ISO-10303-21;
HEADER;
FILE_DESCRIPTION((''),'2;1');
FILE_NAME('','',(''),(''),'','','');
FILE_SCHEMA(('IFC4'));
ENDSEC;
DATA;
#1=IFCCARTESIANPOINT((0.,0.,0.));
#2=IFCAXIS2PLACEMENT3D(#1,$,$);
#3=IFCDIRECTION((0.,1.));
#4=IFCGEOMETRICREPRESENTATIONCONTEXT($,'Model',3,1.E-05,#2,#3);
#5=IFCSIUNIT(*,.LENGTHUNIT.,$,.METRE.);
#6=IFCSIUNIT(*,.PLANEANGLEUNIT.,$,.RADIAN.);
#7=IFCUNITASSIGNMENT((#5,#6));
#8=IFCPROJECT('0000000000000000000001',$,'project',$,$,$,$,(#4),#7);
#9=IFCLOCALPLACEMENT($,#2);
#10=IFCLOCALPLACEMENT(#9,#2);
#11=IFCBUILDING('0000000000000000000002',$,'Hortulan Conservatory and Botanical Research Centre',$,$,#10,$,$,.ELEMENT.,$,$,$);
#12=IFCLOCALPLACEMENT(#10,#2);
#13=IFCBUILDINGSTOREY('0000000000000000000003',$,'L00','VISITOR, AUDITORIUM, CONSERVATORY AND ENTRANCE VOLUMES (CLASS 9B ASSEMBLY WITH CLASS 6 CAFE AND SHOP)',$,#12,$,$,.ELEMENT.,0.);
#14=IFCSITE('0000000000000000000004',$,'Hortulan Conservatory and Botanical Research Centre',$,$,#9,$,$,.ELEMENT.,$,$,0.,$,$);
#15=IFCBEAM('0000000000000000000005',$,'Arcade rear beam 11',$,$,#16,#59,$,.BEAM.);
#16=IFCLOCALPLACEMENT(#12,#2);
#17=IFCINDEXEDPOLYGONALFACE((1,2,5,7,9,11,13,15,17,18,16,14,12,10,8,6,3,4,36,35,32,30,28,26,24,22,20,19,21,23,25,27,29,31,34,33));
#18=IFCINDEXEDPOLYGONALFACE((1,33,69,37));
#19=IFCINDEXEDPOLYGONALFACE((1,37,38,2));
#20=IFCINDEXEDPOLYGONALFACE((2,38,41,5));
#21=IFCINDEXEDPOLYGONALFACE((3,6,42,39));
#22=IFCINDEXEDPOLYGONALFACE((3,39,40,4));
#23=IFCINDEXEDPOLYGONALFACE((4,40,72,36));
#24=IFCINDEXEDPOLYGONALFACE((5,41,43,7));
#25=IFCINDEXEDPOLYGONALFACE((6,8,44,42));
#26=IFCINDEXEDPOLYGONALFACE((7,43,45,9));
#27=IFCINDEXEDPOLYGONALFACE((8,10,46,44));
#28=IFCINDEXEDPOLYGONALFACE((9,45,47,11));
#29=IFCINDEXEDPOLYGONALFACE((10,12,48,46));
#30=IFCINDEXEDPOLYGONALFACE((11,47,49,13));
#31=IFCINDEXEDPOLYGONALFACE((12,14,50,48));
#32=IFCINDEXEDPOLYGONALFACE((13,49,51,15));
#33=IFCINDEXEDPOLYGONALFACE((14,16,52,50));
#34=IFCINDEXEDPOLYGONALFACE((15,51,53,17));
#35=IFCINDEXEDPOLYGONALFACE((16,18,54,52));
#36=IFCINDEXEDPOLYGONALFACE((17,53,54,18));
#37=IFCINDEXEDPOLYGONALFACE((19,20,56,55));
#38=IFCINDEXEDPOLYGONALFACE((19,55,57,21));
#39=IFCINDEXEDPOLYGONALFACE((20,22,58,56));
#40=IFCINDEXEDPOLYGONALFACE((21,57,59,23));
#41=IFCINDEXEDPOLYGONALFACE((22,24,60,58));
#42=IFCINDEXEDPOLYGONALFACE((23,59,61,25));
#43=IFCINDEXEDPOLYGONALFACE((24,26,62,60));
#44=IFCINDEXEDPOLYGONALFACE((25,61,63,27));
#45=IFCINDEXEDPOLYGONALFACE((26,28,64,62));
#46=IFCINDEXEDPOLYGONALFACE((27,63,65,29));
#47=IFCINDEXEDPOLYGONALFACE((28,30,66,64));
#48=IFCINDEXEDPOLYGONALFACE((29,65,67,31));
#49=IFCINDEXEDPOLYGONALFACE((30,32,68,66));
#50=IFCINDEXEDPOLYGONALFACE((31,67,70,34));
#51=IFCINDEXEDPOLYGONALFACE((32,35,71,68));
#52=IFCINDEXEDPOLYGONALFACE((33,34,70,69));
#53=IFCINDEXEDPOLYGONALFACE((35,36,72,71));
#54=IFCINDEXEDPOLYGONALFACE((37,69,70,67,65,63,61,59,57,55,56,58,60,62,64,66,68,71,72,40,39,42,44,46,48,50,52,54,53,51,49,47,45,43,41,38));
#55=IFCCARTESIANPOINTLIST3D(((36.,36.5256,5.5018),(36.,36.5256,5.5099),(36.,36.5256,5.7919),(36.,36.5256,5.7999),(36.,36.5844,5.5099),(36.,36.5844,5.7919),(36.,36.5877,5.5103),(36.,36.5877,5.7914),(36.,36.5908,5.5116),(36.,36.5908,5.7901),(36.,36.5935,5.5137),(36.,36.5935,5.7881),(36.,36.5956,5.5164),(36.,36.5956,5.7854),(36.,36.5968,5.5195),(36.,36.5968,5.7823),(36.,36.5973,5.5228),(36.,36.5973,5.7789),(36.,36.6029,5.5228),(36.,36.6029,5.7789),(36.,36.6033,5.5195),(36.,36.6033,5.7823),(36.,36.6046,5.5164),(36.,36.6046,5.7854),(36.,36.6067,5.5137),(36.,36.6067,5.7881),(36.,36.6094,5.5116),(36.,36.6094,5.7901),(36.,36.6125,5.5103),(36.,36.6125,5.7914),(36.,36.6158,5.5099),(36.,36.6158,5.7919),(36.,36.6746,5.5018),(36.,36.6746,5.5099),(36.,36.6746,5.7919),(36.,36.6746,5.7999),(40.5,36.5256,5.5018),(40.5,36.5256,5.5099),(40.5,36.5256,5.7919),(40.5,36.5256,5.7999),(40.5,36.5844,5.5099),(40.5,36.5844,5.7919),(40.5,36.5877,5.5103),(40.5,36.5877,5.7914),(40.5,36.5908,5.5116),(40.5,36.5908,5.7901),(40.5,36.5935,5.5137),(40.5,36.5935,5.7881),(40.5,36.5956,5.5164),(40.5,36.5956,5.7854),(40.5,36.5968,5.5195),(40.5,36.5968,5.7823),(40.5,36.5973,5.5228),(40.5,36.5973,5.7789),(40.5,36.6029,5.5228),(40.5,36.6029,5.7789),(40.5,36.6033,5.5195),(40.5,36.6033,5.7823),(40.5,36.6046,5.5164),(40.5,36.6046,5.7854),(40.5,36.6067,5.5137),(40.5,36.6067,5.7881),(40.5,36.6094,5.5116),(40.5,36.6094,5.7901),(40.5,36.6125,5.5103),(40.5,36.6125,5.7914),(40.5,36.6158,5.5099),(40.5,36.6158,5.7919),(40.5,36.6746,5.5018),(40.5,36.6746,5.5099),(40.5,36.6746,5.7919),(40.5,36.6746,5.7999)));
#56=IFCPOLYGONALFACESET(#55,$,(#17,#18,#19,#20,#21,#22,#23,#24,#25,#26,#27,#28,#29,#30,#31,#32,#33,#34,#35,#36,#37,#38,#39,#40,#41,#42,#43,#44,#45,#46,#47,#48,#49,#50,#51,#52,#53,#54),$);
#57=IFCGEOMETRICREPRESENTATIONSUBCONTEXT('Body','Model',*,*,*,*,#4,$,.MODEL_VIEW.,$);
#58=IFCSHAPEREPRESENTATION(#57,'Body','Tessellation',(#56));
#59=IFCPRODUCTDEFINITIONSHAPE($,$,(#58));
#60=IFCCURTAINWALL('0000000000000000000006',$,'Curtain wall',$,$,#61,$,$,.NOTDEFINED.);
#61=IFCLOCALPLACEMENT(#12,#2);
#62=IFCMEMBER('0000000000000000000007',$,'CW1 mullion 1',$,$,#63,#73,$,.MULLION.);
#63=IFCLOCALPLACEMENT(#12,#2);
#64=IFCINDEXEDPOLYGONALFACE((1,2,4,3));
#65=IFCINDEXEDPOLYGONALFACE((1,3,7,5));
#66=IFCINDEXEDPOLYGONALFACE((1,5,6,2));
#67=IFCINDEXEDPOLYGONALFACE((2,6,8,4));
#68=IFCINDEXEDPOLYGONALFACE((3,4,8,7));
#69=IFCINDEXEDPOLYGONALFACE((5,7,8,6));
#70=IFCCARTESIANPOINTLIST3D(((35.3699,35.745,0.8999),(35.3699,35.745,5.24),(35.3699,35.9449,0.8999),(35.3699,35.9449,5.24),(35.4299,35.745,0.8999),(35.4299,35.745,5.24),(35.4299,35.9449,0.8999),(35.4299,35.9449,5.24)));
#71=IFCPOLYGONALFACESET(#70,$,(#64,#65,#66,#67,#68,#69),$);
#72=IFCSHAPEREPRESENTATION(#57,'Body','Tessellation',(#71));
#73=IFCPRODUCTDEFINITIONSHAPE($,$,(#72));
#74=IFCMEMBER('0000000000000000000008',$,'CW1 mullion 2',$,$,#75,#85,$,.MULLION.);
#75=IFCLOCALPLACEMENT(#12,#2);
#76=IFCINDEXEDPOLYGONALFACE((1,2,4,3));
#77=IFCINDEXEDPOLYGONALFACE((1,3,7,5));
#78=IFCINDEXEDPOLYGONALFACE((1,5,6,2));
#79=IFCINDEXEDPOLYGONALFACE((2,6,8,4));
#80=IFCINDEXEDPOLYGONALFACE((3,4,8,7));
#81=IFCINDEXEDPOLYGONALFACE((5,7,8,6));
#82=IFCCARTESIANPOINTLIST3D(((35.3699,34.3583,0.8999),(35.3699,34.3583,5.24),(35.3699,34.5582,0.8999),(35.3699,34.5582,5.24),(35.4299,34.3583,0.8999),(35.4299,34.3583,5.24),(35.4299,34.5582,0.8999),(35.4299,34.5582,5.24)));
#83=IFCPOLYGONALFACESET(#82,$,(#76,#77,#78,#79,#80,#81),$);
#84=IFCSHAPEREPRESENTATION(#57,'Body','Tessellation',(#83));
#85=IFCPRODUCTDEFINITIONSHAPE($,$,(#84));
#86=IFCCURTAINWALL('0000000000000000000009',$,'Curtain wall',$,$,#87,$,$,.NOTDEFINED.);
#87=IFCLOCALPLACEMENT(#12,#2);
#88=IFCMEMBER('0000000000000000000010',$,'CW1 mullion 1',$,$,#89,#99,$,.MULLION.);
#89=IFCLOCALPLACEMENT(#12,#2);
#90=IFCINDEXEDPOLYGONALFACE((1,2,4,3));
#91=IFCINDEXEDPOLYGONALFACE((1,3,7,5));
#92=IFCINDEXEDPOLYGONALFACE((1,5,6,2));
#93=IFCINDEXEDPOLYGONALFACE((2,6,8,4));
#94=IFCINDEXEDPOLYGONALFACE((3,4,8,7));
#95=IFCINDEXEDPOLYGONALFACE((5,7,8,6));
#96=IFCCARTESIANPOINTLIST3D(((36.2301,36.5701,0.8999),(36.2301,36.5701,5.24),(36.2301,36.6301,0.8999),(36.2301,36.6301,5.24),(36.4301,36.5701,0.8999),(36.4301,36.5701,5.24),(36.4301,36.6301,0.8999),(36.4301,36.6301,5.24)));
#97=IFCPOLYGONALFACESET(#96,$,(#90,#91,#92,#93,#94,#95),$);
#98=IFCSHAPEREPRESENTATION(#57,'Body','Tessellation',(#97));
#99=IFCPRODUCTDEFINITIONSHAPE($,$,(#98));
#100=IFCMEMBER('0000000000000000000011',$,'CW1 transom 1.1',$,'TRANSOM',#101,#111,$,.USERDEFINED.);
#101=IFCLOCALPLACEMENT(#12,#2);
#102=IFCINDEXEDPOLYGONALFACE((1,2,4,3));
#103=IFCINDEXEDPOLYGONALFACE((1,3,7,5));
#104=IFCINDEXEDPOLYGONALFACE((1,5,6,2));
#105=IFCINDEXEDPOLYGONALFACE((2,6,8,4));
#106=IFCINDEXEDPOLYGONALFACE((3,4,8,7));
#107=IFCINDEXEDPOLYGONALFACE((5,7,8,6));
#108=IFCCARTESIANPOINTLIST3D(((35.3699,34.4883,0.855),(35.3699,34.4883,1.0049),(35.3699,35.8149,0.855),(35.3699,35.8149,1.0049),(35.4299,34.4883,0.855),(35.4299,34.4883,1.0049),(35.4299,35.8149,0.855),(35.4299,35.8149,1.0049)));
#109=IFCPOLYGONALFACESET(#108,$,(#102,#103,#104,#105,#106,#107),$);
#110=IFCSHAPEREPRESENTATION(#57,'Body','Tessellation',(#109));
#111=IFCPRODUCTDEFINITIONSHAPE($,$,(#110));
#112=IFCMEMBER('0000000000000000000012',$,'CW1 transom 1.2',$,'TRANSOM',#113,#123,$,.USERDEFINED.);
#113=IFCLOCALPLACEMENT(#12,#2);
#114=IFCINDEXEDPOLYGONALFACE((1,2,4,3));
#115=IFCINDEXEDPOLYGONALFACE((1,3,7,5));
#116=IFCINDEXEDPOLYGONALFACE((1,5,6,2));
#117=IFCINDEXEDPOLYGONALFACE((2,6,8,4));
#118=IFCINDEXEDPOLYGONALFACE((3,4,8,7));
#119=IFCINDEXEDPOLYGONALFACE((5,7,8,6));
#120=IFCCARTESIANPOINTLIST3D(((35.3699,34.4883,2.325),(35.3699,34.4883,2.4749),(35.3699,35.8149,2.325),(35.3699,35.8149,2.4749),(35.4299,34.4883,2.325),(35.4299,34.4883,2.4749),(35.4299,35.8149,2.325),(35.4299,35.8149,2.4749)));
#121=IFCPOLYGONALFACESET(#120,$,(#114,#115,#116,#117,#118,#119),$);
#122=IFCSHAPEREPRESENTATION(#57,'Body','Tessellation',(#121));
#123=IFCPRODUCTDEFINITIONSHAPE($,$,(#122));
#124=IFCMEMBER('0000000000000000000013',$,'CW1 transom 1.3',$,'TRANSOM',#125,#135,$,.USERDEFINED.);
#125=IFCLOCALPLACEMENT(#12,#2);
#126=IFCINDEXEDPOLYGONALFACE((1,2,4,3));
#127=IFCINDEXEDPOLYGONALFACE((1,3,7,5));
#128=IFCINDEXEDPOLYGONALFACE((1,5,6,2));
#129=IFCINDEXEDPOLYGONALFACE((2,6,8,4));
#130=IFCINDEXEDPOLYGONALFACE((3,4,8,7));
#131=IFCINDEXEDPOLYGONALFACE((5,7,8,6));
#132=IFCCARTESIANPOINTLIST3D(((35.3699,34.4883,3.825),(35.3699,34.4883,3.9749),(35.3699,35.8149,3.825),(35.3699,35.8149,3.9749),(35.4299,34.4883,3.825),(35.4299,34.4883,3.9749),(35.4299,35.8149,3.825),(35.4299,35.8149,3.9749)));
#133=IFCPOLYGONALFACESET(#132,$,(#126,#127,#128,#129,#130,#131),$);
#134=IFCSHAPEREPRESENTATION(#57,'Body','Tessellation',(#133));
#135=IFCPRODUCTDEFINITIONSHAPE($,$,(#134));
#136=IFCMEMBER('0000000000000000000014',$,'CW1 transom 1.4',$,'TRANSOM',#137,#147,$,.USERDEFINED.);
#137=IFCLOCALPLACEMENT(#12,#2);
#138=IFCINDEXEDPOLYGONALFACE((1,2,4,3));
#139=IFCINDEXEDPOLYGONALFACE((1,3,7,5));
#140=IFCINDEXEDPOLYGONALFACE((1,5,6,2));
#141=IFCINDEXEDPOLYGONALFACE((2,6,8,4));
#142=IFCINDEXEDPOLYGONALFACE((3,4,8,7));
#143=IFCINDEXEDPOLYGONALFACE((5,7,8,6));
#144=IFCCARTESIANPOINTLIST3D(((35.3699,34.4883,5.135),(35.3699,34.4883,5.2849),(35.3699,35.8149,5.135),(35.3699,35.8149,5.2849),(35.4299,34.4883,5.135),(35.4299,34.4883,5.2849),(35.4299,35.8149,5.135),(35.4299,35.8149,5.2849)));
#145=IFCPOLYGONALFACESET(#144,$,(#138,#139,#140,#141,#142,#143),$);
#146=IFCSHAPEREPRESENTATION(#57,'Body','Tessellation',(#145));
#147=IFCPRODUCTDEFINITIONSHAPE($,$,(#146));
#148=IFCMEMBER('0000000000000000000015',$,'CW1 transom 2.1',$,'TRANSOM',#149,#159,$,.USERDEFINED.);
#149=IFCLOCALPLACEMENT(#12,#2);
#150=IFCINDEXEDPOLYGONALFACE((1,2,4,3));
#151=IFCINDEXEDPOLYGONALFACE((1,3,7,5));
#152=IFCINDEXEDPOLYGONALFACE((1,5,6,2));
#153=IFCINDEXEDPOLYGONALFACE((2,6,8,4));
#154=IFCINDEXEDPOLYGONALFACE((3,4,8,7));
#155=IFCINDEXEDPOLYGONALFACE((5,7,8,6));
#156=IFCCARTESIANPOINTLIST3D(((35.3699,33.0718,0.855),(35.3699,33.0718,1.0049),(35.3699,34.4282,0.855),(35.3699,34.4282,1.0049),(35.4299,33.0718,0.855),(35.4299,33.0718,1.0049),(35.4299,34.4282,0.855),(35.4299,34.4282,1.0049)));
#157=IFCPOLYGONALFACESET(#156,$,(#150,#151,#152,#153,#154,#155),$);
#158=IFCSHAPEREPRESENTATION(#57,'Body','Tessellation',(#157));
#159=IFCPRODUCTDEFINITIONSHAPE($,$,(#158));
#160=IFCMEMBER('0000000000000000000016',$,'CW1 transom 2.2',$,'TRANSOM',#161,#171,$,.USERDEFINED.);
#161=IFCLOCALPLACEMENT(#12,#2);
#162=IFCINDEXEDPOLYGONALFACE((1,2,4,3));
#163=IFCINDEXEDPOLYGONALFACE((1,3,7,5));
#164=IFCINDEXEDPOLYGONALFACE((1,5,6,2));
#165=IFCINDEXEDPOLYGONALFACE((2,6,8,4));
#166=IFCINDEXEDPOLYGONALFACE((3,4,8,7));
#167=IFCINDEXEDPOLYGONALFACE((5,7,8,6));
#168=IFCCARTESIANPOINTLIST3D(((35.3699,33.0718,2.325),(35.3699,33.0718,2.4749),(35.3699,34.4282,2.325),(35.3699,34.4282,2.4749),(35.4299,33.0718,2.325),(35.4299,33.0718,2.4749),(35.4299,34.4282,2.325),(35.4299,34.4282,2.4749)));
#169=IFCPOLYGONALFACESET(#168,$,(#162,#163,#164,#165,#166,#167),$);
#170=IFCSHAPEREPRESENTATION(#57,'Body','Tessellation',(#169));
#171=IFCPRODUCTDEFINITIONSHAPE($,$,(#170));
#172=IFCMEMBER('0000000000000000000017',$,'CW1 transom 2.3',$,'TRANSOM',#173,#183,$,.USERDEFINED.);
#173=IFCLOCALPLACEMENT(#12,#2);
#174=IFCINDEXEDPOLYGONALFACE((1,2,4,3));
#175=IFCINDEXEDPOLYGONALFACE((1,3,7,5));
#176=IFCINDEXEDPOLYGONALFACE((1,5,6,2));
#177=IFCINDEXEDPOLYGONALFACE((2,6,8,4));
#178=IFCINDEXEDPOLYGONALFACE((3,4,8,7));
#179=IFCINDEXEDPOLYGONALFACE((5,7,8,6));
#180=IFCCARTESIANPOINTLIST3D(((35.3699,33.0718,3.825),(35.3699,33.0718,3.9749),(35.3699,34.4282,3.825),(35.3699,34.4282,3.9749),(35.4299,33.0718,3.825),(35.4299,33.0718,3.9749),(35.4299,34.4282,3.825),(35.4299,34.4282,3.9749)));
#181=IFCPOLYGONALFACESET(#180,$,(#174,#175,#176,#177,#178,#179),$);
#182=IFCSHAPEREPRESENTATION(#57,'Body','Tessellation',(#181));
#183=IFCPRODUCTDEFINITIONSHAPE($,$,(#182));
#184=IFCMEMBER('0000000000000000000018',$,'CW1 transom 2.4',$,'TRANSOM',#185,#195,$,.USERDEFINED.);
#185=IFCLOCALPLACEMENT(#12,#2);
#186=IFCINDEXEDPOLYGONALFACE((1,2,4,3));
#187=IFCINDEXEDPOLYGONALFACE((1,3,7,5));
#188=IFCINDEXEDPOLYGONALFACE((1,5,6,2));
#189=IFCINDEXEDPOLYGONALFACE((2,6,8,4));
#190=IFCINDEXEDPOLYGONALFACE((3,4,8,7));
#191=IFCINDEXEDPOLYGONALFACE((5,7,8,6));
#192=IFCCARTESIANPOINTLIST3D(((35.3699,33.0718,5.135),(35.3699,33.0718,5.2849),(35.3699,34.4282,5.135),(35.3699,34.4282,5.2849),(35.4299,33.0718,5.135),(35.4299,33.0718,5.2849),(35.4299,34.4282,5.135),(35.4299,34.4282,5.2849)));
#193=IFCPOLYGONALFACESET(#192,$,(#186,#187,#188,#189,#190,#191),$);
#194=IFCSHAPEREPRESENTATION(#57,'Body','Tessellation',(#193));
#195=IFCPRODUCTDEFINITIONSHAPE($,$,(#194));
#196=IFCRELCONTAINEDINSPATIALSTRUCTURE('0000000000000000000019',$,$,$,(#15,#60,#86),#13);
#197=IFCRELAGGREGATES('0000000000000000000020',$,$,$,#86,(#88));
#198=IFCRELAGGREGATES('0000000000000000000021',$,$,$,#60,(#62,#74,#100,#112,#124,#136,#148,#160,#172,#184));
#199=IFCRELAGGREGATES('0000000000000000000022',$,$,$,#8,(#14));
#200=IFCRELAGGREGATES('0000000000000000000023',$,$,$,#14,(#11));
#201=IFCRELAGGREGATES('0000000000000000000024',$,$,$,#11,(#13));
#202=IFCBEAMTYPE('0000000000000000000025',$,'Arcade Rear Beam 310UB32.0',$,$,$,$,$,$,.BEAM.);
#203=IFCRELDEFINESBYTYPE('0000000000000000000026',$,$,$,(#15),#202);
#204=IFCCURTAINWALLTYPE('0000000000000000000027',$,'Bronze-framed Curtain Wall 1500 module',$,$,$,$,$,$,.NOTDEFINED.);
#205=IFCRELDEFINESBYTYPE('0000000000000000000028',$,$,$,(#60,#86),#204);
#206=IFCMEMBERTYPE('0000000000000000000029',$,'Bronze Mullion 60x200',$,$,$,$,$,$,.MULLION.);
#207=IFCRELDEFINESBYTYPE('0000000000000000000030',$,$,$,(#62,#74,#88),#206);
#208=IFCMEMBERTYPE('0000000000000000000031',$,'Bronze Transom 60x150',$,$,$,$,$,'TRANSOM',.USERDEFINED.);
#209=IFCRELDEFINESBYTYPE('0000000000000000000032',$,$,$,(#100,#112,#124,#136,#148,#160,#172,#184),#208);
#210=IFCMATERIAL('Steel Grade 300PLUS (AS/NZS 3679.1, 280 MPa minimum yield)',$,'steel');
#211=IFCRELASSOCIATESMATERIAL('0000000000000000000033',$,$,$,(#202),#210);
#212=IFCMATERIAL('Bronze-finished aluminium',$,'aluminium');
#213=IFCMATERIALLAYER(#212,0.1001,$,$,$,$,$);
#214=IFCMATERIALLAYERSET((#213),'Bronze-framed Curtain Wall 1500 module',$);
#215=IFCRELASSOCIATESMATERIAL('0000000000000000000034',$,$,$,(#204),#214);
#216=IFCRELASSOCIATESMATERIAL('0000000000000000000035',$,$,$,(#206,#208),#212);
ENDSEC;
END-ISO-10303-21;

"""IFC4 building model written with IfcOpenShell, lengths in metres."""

from ifc_helpers import new_model, si_unit, direction, frame, origin, origin_2d, place, context, subcontext, project, spatial, rectangle, i_section, extrude, material, layer, layer_set, material_profile, profile_set, type_object, element, aggregate, save


model = new_model("IFC4")

# Units and contexts
model_context = context("Model", 3, precision=1e-05, world=origin(), true_north=direction((0.0, 1.0)))
body_context = subcontext(model_context, "Body", "Model", "MODEL_VIEW")
ifc_project = project(units=[si_unit("LENGTHUNIT", "METRE"), si_unit("PLANEANGLEUNIT", "RADIAN")], contexts=[model_context])

# Site, building, storey
site_placement = place(None, origin())
site = spatial("IfcSite", under=ifc_project, at=site_placement, Name="Hortulan Conservatory and Botanical Research Centre", CompositionType="ELEMENT", RefElevation=0.0)
building_placement = place(site_placement, origin())
building = spatial("IfcBuilding", under=site, at=building_placement, Name="Hortulan Conservatory and Botanical Research Centre", CompositionType="ELEMENT")
storey_placement = place(building_placement, origin())
storey = spatial("IfcBuildingStorey", under=building, at=storey_placement, Name="L00", Description="VISITOR, AUDITORIUM, CONSERVATORY AND ENTRANCE VOLUMES (CLASS 9B ASSEMBLY WITH CLASS 6 CAFE AND SHOP)", CompositionType="ELEMENT", Elevation=0.0)

# Beam
ifc_material_1 = material(Name="Steel Grade 300PLUS (AS/NZS 3679.1, 280 MPa minimum yield)", Category="steel")
ifc_material_profile_1 = material_profile(ifc_material_1, i_section(OverallWidth=0.1489, OverallDepth=0.2981, WebThickness=0.0056, FlangeThickness=0.0081, FilletRadius=0.0129, at=origin_2d()), Name="310UB32.0")
ifc_profile_set_1 = profile_set([ifc_material_profile_1], Name="Steel Grade 300PLUS (AS/NZS 3679.1, 280 MPa minimum yield)")
beam_type_1 = type_object("IfcBeamType", Name="Arcade Rear Beam 310UB32.0", PredefinedType="BEAM", material=ifc_profile_set_1)
beam_1_placement = place(storey_placement, frame((36.0, 36.6001, 5.6509), z_axis=(1.0, 0.0, 0.0), x_axis=(0.0, 1.0, 0.0)))
element("IfcBeam", 1, at=beam_1_placement, inside=storey, type_object=beam_type_1, Name="Arcade rear beam 11", PredefinedType="BEAM", context=body_context, shape_type="SweptSolid", body=[
    extrude(i_section(OverallWidth=0.1489, OverallDepth=0.2981, WebThickness=0.0056, FlangeThickness=0.0081, FilletRadius=0.0129, at=origin_2d()), origin(), (0.0, 0.0, 1.0), 4.5),
])

# Curtain wall, members
ifc_material_2 = material(Name="Bronze-finished aluminium", Category="aluminium")
ifc_layer_1 = layer(ifc_material_2, 0.1001)
ifc_layer_set_1 = layer_set([ifc_layer_1], Name="Bronze-framed Curtain Wall 1500 module")
curtain_wall_type = type_object("IfcCurtainWallType", Name="Bronze-framed Curtain Wall 1500 module", PredefinedType="NOTDEFINED", material=ifc_layer_set_1)
curtain_wall_1_placement = place(storey_placement, origin())
curtain_wall_1 = element("IfcCurtainWall", 2, at=curtain_wall_1_placement, inside=storey, type_object=curtain_wall_type, Name="Curtain wall", PredefinedType="NOTDEFINED")
ifc_material_profile_2 = material_profile(ifc_material_2, rectangle(XDim=0.0601, YDim=0.2, at=origin_2d()), Name="Bronze Mullion 60x200")
ifc_profile_set_2 = profile_set([ifc_material_profile_2], Name="Bronze-finished aluminium")
member_type_1 = type_object("IfcMemberType", Name="Bronze Mullion 60x200", PredefinedType="MULLION", material=ifc_profile_set_2)
member_1_placement = place(storey_placement, frame((35.3999, 35.845, 0.8999), z_axis=(0.0, 0.0, 1.0), x_axis=(1.0, 0.0, 0.0)))
member_1 = element("IfcMember", 3, at=member_1_placement, type_object=member_type_1, Name="CW1 mullion 1", PredefinedType="MULLION", context=body_context, shape_type="SweptSolid", body=[
    extrude(rectangle(XDim=0.0601, YDim=0.2, at=origin_2d()), origin(), (0.0, 0.0, 1.0), 4.3401),
])
member_2_placement = place(storey_placement, frame((35.3999, 34.4583, 0.8999), z_axis=(0.0, 0.0, 1.0), x_axis=(1.0, 0.0, 0.0)))
member_2 = element("IfcMember", 4, at=member_2_placement, type_object=member_type_1, Name="CW1 mullion 2", PredefinedType="MULLION", context=body_context, shape_type="SweptSolid", body=[
    extrude(rectangle(XDim=0.0601, YDim=0.2, at=origin_2d()), origin(), (0.0, 0.0, 1.0), 4.3401),
])

# Curtain wall, member
curtain_wall_2_placement = place(storey_placement, origin())
curtain_wall_2 = element("IfcCurtainWall", 5, at=curtain_wall_2_placement, inside=storey, type_object=curtain_wall_type, Name="Curtain wall", PredefinedType="NOTDEFINED")
member_3_placement = place(storey_placement, frame((36.3301, 36.6001, 0.8999), z_axis=(0.0, 0.0, 1.0), x_axis=(0.0, 1.0, 0.0)))
member_3 = element("IfcMember", 6, at=member_3_placement, type_object=member_type_1, Name="CW1 mullion 1", PredefinedType="MULLION", context=body_context, shape_type="SweptSolid", body=[
    extrude(rectangle(XDim=0.0601, YDim=0.2, at=origin_2d()), origin(), (0.0, 0.0, 1.0), 4.3401),
])
aggregate(curtain_wall_2, [member_3])

# Members
ifc_material_profile_3 = material_profile(ifc_material_2, rectangle(XDim=0.0601, YDim=0.1499, at=origin_2d()), Name="Bronze Transom 60x150")
ifc_profile_set_3 = profile_set([ifc_material_profile_3], Name="Bronze-finished aluminium")
member_type_2 = type_object("IfcMemberType", Name="Bronze Transom 60x150", ElementType="TRANSOM", PredefinedType="USERDEFINED", material=ifc_profile_set_3)
member_4_placement = place(storey_placement, frame((35.3999, 35.8149, 0.9299), z_axis=(0.0, -1.0, 0.0), x_axis=(1.0, 0.0, 0.0)))
member_4 = element("IfcMember", 7, at=member_4_placement, type_object=member_type_2, Name="CW1 transom 1.1", ObjectType="TRANSOM", PredefinedType="USERDEFINED", context=body_context, shape_type="SweptSolid", body=[
    extrude(rectangle(XDim=0.0601, YDim=0.1499, at=origin_2d()), origin(), (0.0, 0.0, 1.0), 1.3267),
])
member_5_placement = place(storey_placement, frame((35.3999, 35.8149, 2.3999), z_axis=(0.0, -1.0, 0.0), x_axis=(1.0, 0.0, 0.0)))
member_5 = element("IfcMember", 8, at=member_5_placement, type_object=member_type_2, Name="CW1 transom 1.2", ObjectType="TRANSOM", PredefinedType="USERDEFINED", context=body_context, shape_type="SweptSolid", body=[
    extrude(rectangle(XDim=0.0601, YDim=0.1499, at=origin_2d()), origin(), (0.0, 0.0, 1.0), 1.3267),
])
member_6_placement = place(storey_placement, frame((35.3999, 35.8149, 3.8999), z_axis=(0.0, -1.0, 0.0), x_axis=(1.0, 0.0, 0.0)))
member_6 = element("IfcMember", 9, at=member_6_placement, type_object=member_type_2, Name="CW1 transom 1.3", ObjectType="TRANSOM", PredefinedType="USERDEFINED", context=body_context, shape_type="SweptSolid", body=[
    extrude(rectangle(XDim=0.0601, YDim=0.1499, at=origin_2d()), origin(), (0.0, 0.0, 1.0), 1.3267),
])
member_7_placement = place(storey_placement, frame((35.3999, 35.8149, 5.21), z_axis=(0.0, -1.0, 0.0), x_axis=(1.0, 0.0, 0.0)))
member_7 = element("IfcMember", 10, at=member_7_placement, type_object=member_type_2, Name="CW1 transom 1.4", ObjectType="TRANSOM", PredefinedType="USERDEFINED", context=body_context, shape_type="SweptSolid", body=[
    extrude(rectangle(XDim=0.0601, YDim=0.1499, at=origin_2d()), origin(), (0.0, 0.0, 1.0), 1.3267),
])
member_8_placement = place(storey_placement, frame((35.3999, 34.4282, 0.9299), z_axis=(0.0, -1.0, 0.0), x_axis=(1.0, 0.0, 0.0)))
member_8 = element("IfcMember", 11, at=member_8_placement, type_object=member_type_2, Name="CW1 transom 2.1", ObjectType="TRANSOM", PredefinedType="USERDEFINED", context=body_context, shape_type="SweptSolid", body=[
    extrude(rectangle(XDim=0.0601, YDim=0.1499, at=origin_2d()), origin(), (0.0, 0.0, 1.0), 1.3564),
])
member_9_placement = place(storey_placement, frame((35.3999, 34.4282, 2.3999), z_axis=(0.0, -1.0, 0.0), x_axis=(1.0, 0.0, 0.0)))
member_9 = element("IfcMember", 12, at=member_9_placement, type_object=member_type_2, Name="CW1 transom 2.2", ObjectType="TRANSOM", PredefinedType="USERDEFINED", context=body_context, shape_type="SweptSolid", body=[
    extrude(rectangle(XDim=0.0601, YDim=0.1499, at=origin_2d()), origin(), (0.0, 0.0, 1.0), 1.3564),
])
member_10_placement = place(storey_placement, frame((35.3999, 34.4282, 3.8999), z_axis=(0.0, -1.0, 0.0), x_axis=(1.0, 0.0, 0.0)))
member_10 = element("IfcMember", 13, at=member_10_placement, type_object=member_type_2, Name="CW1 transom 2.3", ObjectType="TRANSOM", PredefinedType="USERDEFINED", context=body_context, shape_type="SweptSolid", body=[
    extrude(rectangle(XDim=0.0601, YDim=0.1499, at=origin_2d()), origin(), (0.0, 0.0, 1.0), 1.3564),
])
member_11_placement = place(storey_placement, frame((35.3999, 34.4282, 5.21), z_axis=(0.0, -1.0, 0.0), x_axis=(1.0, 0.0, 0.0)))
member_11 = element("IfcMember", 14, at=member_11_placement, type_object=member_type_2, Name="CW1 transom 2.4", ObjectType="TRANSOM", PredefinedType="USERDEFINED", context=body_context, shape_type="SweptSolid", body=[
    extrude(rectangle(XDim=0.0601, YDim=0.1499, at=origin_2d()), origin(), (0.0, 0.0, 1.0), 1.3564),
])

aggregate(curtain_wall_1, [member_1, member_2, member_4, member_5, member_6, member_7, member_8, member_9, member_10, member_11])

save(model, "model.ifc")
